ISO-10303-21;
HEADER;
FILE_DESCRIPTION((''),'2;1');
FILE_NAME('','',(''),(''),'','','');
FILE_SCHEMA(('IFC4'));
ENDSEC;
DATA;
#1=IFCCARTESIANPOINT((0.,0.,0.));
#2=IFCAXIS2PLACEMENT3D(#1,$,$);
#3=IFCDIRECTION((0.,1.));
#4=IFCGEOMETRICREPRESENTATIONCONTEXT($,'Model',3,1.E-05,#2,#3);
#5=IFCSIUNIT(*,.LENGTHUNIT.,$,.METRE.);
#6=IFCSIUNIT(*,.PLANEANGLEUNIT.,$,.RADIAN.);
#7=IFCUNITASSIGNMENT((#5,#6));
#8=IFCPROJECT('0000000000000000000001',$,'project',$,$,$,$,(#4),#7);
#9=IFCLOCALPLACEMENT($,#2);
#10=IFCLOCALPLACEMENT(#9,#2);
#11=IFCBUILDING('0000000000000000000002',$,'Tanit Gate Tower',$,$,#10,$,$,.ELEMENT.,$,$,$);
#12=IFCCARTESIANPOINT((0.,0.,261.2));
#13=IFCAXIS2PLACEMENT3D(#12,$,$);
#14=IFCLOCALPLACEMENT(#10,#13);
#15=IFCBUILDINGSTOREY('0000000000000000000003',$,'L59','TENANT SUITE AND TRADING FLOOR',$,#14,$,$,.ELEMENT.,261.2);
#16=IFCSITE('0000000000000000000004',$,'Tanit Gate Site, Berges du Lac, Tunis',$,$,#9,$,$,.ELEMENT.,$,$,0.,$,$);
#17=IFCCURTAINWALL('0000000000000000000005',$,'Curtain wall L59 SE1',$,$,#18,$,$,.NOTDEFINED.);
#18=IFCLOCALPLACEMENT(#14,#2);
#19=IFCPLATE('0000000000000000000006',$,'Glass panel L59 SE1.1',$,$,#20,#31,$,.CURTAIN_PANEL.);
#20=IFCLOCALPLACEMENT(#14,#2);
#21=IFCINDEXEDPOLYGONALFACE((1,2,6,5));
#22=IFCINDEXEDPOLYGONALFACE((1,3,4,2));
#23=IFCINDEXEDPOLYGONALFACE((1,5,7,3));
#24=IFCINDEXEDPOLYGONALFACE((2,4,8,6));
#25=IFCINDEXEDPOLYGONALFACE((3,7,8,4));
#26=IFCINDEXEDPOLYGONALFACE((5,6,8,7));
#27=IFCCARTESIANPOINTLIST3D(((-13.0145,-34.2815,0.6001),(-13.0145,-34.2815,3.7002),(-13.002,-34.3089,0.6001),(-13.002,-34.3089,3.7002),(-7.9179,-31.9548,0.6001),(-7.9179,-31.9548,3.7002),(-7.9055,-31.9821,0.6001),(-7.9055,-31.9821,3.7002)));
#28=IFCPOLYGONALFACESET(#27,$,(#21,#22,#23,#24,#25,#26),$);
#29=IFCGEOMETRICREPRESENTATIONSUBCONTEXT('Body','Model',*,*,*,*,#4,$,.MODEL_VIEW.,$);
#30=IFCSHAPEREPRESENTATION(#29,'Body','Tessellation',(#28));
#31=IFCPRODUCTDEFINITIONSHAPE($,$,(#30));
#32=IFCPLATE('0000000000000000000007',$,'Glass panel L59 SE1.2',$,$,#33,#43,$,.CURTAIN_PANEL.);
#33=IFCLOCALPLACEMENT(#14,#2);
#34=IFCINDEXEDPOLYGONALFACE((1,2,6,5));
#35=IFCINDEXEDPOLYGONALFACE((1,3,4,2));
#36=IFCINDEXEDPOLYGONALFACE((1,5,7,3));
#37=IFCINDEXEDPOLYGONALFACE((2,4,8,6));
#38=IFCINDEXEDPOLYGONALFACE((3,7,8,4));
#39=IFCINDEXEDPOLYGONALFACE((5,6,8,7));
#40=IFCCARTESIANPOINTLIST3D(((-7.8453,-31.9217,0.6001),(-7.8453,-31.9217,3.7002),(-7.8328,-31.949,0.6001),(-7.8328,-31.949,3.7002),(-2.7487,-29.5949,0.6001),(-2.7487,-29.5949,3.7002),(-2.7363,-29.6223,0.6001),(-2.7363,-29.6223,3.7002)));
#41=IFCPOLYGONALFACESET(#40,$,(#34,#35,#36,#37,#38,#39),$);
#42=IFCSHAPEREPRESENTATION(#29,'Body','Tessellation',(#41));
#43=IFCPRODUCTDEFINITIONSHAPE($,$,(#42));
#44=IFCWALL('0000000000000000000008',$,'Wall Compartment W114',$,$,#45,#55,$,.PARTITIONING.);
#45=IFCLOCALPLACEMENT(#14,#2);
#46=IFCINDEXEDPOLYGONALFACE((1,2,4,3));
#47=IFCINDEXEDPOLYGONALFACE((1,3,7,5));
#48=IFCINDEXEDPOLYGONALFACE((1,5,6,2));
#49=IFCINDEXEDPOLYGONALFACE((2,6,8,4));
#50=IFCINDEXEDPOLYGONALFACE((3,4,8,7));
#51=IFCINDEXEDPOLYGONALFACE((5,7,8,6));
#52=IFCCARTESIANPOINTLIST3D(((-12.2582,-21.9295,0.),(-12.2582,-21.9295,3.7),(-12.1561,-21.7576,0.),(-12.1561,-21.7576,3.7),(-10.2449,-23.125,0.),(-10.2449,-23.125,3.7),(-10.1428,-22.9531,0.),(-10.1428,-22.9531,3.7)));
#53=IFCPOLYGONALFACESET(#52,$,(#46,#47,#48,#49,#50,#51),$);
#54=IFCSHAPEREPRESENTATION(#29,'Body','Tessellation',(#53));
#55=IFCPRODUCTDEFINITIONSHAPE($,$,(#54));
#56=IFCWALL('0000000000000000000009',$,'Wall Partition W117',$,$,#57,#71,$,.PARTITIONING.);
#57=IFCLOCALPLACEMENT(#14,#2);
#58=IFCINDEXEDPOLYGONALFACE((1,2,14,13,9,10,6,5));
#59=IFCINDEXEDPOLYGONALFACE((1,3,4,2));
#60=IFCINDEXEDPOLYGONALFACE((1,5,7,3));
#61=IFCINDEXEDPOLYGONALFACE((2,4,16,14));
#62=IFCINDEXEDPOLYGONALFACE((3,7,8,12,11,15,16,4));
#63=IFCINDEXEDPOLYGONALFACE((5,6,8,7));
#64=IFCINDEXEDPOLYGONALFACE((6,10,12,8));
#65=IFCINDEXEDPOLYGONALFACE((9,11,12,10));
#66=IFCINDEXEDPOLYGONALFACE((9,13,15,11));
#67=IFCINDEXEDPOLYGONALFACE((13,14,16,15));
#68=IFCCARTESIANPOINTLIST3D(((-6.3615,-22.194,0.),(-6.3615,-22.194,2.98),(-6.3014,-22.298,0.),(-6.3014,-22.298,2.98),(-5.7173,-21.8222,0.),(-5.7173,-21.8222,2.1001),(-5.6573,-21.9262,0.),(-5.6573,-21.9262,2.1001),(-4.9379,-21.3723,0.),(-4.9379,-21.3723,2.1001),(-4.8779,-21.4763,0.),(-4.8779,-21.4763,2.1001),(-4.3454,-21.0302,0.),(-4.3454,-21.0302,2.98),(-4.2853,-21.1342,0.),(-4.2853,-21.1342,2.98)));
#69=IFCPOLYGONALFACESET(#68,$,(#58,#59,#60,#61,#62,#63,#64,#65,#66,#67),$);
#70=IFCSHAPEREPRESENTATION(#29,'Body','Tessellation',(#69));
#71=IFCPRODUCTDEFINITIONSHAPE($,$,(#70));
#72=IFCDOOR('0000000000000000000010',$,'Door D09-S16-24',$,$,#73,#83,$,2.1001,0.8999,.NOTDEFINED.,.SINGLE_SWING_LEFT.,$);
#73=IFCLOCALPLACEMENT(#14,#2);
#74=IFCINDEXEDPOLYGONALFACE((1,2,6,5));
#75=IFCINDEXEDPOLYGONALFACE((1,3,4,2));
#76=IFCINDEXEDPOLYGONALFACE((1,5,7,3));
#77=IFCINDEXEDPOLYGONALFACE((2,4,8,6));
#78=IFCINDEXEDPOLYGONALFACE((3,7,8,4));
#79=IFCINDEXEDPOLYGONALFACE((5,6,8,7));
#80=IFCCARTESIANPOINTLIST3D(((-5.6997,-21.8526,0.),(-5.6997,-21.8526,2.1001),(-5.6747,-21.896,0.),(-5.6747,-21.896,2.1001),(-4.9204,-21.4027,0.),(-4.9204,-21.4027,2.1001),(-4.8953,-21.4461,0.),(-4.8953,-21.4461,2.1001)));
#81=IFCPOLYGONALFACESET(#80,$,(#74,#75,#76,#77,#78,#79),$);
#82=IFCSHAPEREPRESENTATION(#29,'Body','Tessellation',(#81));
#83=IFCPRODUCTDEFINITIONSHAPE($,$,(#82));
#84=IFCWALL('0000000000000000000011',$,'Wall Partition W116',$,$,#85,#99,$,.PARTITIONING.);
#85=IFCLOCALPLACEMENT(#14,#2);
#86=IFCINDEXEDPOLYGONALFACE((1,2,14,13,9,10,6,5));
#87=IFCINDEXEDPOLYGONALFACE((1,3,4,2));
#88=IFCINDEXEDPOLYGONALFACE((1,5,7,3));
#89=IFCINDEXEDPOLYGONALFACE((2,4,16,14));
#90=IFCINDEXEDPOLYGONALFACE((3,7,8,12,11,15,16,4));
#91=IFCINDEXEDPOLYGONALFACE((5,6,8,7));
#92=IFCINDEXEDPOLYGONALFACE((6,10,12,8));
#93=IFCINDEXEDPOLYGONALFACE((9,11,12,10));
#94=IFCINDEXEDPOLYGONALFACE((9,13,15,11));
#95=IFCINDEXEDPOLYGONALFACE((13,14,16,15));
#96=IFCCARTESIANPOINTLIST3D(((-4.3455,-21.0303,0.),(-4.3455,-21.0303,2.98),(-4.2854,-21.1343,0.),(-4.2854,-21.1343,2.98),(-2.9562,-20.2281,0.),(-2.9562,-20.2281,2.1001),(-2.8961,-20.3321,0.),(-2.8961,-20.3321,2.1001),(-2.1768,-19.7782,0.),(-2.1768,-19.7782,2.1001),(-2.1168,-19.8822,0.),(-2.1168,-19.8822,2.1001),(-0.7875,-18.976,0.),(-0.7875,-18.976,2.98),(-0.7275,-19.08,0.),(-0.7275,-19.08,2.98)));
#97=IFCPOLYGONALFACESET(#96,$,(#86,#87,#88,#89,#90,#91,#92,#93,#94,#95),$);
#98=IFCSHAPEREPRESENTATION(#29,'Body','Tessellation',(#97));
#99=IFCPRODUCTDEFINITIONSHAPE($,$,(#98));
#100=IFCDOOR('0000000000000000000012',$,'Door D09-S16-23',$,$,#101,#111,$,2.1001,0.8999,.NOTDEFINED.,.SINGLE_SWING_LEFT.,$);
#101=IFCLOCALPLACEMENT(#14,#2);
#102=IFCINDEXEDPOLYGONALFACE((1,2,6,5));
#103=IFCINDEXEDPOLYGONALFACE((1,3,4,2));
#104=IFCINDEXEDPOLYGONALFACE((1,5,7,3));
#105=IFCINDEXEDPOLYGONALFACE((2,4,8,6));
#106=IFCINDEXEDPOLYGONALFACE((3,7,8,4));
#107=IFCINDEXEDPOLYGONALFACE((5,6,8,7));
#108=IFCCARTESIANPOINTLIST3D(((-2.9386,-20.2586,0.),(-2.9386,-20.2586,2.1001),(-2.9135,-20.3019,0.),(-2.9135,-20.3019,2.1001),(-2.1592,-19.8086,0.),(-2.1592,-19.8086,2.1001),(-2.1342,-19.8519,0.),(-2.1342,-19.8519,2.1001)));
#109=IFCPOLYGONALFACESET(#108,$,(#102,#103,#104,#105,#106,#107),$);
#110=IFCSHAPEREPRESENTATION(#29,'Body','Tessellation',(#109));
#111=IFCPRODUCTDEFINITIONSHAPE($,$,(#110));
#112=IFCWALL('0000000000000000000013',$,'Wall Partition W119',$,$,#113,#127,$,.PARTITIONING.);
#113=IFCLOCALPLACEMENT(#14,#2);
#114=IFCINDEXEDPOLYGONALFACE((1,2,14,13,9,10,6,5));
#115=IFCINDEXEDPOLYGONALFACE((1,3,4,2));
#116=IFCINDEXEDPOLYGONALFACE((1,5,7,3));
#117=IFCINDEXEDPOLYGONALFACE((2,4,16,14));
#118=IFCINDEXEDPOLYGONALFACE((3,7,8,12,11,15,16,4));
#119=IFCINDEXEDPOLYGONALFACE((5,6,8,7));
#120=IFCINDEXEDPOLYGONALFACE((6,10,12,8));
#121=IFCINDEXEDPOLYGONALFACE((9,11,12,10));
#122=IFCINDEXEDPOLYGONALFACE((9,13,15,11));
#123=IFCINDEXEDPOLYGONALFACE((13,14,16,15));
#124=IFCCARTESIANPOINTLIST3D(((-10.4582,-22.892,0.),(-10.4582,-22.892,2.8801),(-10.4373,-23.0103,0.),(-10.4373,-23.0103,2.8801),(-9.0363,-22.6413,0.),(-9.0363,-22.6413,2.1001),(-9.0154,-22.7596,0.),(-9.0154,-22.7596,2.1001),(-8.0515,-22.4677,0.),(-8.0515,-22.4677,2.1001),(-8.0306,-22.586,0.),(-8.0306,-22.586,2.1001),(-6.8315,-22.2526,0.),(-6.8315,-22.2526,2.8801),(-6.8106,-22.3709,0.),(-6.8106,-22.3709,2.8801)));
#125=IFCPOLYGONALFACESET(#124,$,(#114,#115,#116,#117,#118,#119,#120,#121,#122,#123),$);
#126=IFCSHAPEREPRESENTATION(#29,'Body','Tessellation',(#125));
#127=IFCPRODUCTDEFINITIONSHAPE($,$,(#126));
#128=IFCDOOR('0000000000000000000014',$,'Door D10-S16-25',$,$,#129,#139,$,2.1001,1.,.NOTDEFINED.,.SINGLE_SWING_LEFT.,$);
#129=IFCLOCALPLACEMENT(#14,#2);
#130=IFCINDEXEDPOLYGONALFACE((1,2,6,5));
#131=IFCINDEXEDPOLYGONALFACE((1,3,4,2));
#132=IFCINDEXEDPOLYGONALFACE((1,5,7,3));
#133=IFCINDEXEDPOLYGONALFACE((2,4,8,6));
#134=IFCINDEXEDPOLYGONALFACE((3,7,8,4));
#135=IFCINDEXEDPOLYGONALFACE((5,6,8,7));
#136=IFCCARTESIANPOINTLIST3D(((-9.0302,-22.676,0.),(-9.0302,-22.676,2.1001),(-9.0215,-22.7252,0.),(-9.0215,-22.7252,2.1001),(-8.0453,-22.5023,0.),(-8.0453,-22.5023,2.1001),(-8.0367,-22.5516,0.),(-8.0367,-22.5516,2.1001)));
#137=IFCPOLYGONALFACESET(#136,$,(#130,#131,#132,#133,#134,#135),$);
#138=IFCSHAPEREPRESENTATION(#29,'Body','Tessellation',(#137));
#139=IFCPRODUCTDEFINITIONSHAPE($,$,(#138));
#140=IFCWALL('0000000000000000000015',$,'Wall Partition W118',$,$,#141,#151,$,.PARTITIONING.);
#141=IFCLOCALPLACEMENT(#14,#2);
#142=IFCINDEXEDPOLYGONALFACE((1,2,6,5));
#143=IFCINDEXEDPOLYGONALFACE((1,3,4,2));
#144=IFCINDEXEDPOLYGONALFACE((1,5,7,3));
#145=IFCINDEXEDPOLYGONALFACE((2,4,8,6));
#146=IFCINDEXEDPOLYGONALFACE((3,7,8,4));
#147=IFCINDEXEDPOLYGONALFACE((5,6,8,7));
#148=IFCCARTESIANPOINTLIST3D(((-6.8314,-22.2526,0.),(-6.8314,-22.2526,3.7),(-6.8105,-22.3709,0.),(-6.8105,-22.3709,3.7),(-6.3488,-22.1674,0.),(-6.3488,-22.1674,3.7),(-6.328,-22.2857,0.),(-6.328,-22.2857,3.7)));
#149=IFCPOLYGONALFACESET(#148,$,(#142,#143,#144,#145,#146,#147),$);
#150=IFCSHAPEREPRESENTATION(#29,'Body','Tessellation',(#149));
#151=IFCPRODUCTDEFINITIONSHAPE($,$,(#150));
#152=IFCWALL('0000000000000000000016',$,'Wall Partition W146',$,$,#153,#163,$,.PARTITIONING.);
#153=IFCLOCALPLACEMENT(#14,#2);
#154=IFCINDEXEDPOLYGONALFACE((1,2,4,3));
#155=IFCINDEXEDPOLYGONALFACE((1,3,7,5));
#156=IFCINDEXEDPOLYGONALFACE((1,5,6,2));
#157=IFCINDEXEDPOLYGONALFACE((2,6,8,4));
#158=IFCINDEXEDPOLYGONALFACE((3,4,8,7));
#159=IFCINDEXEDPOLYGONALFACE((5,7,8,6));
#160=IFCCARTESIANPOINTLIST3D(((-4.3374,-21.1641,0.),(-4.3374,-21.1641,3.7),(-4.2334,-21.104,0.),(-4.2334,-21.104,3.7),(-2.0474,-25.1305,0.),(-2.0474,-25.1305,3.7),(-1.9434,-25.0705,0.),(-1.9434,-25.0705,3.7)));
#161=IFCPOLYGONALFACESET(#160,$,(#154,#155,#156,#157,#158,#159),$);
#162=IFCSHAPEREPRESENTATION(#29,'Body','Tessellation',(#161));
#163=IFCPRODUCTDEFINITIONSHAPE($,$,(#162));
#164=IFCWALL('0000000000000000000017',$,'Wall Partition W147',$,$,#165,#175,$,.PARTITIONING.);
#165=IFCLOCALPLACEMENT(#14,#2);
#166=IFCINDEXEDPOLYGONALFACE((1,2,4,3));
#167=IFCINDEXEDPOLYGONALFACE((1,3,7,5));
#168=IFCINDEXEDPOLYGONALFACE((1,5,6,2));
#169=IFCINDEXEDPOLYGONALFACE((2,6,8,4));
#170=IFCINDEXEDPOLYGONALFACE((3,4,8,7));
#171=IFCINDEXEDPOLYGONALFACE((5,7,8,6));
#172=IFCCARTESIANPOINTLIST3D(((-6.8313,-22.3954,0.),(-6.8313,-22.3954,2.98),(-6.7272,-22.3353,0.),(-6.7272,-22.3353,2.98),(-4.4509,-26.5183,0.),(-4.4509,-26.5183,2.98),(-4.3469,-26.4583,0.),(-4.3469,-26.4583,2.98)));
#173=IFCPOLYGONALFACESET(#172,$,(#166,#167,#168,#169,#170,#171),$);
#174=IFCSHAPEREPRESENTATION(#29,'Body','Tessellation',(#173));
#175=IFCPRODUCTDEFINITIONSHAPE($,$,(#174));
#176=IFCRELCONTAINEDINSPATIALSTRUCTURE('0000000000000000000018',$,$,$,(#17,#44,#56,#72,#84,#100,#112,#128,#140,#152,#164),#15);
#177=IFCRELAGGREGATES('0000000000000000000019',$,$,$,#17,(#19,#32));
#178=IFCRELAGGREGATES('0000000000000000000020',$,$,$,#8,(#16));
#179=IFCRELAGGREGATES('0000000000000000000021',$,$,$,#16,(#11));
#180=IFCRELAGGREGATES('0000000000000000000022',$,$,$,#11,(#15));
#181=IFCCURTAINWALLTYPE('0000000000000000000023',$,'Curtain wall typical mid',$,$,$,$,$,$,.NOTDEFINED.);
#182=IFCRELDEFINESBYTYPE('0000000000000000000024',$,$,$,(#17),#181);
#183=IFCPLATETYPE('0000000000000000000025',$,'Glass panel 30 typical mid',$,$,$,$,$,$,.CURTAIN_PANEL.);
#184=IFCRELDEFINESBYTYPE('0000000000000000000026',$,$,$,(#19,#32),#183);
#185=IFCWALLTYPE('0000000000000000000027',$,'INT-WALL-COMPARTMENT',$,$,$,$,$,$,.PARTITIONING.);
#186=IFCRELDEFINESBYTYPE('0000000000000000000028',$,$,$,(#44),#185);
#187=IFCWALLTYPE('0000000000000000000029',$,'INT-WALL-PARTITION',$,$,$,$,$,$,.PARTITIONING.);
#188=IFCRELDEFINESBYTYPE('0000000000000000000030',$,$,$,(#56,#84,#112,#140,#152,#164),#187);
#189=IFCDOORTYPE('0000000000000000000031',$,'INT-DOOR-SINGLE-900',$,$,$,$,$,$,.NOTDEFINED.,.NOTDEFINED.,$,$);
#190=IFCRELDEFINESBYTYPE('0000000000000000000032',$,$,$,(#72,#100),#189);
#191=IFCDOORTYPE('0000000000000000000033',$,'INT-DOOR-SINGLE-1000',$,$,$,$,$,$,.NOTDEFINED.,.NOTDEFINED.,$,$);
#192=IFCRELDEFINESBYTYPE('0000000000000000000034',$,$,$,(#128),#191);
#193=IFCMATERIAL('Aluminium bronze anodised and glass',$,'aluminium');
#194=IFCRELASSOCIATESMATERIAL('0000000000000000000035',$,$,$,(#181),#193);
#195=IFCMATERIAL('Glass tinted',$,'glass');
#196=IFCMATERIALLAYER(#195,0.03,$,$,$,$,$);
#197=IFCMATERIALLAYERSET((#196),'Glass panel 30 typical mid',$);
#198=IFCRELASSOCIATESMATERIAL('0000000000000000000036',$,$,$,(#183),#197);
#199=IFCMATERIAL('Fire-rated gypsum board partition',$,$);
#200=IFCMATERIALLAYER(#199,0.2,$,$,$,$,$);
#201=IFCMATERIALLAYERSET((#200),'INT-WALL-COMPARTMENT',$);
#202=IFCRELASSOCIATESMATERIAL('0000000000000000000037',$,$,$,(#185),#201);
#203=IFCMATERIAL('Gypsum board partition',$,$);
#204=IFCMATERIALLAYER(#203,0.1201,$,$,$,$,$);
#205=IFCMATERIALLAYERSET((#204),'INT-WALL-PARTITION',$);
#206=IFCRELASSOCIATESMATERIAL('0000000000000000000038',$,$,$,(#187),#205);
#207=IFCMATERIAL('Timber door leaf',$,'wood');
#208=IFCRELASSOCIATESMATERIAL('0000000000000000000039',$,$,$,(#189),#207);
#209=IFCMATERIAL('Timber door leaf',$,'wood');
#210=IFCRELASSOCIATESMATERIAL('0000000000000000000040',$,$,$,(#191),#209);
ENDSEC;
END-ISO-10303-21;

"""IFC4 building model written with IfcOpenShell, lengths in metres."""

from ifc_helpers import new_model, si_unit, direction, frame, frame_2d, origin, origin_2d, place, context, subcontext, project, spatial, rectangle, extrude, material, layer, layer_set, type_object, element, fill, aggregate, save


model = new_model("IFC4")

# Units and contexts
model_context = context("Model", 3, precision=1e-05, world=origin(), true_north=direction((0.0, 1.0)))
body_context = subcontext(model_context, "Body", "Model", "MODEL_VIEW")
ifc_project = project(units=[si_unit("LENGTHUNIT", "METRE"), si_unit("PLANEANGLEUNIT", "RADIAN")], contexts=[model_context])

# Site, building, storey
site_placement = place(None, origin())
site = spatial("IfcSite", under=ifc_project, at=site_placement, Name="Tanit Gate Site, Berges du Lac, Tunis", CompositionType="ELEMENT", RefElevation=0.0)
building_placement = place(site_placement, origin())
building = spatial("IfcBuilding", under=site, at=building_placement, Name="Tanit Gate Tower", CompositionType="ELEMENT")
storey_placement = place(building_placement, frame((0.0, 0.0, 261.2)))
storey = spatial("IfcBuildingStorey", under=building, at=storey_placement, Name="L59", Description="TENANT SUITE AND TRADING FLOOR", CompositionType="ELEMENT", Elevation=261.2)

# Curtain wall
ifc_material_1 = material(Name="Aluminium bronze anodised and glass", Category="aluminium")
curtain_wall_type = type_object("IfcCurtainWallType", Name="Curtain wall typical mid", PredefinedType="NOTDEFINED", material=ifc_material_1)
curtain_wall_1_placement = place(storey_placement, origin())
curtain_wall_1 = element("IfcCurtainWall", 1, at=curtain_wall_1_placement, inside=storey, type_object=curtain_wall_type, Name="Curtain wall L59 SE1", PredefinedType="NOTDEFINED")

# Plates
ifc_material_2 = material(Name="Glass tinted", Category="glass")
ifc_layer_1 = layer(ifc_material_2, 0.03)
ifc_layer_set_1 = layer_set([ifc_layer_1], Name="Glass panel 30 typical mid")
plate_type = type_object("IfcPlateType", Name="Glass panel 30 typical mid", PredefinedType="CURTAIN_PANEL", material=ifc_layer_set_1)
plate_1_placement = place(storey_placement, frame((-10.46, -33.1318, 0.6001), z_axis=(0.0, 0.0, 1.0), x_axis=(0.909685, 0.4153, 0.0)))
plate_1 = element("IfcPlate", 2, at=plate_1_placement, type_object=plate_type, Name="Glass panel L59 SE1.1", PredefinedType="CURTAIN_PANEL", context=body_context, shape_type="SweptSolid", body=[
    extrude(rectangle(XDim=5.6025, YDim=0.03, at=origin_2d()), origin(), (0.0, 0.0, 1.0), 3.1001),
])
plate_2_placement = place(storey_placement, frame((-5.2908, -30.772, 0.6001), z_axis=(0.0, 0.0, 1.0), x_axis=(0.909685, 0.4153, 0.0)))
plate_2 = element("IfcPlate", 3, at=plate_2_placement, type_object=plate_type, Name="Glass panel L59 SE1.2", PredefinedType="CURTAIN_PANEL", context=body_context, shape_type="SweptSolid", body=[
    extrude(rectangle(XDim=5.6025, YDim=0.03, at=origin_2d()), origin(), (0.0, 0.0, 1.0), 3.1001),
])
aggregate(curtain_wall_1, [plate_1, plate_2])

# Wall
ifc_material_3 = material(Name="Fire-rated gypsum board partition")
ifc_layer_2 = layer(ifc_material_3, 0.2)
ifc_layer_set_2 = layer_set([ifc_layer_2], Name="INT-WALL-COMPARTMENT")
wall_type_1 = type_object("IfcWallType", Name="INT-WALL-COMPARTMENT", PredefinedType="PARTITIONING", material=ifc_layer_set_2)
wall_1_placement = place(storey_placement, frame((-12.2073, -21.8435, 0.0), z_axis=(0.0, 0.0, 1.0), x_axis=(0.859839, -0.510565, 0.0)))
element("IfcWall", 4, at=wall_1_placement, inside=storey, type_object=wall_type_1, Name="Wall Compartment W114", PredefinedType="PARTITIONING", context=body_context, shape_type="SweptSolid", body=[
    extrude(rectangle(XDim=2.3416, YDim=0.2, at=frame_2d((1.1709, 0.0))), origin(), (0.0, 0.0, 1.0), 3.7),
])

# Walls, openings, doors
ifc_material_4 = material(Name="Gypsum board partition")
ifc_layer_3 = layer(ifc_material_4, 0.1201)
ifc_layer_set_3 = layer_set([ifc_layer_3], Name="INT-WALL-PARTITION")
wall_type_2 = type_object("IfcWallType", Name="INT-WALL-PARTITION", PredefinedType="PARTITIONING", material=ifc_layer_set_3)
wall_2_placement = place(storey_placement, frame((-6.3315, -22.2461, 0.0), z_axis=(0.0, 0.0, 1.0), x_axis=(0.86606, 0.49994, 0.0)))
wall_2 = element("IfcWall", 5, at=wall_2_placement, inside=storey, type_object=wall_type_2, Name="Wall Partition W117", PredefinedType="PARTITIONING", context=body_context, shape_type="SweptSolid", body=[
    extrude(rectangle(XDim=2.3279, YDim=0.1201, at=frame_2d((1.1641, 0.0))), origin(), (0.0, 0.0, 1.0), 2.98),
])
opening_1_placement = place(wall_2_placement, frame((0.7439, 0.0, 0.0)))
opening_1 = element("IfcOpeningElement", 6, at=opening_1_placement, cuts=wall_2, PredefinedType="OPENING", context=body_context, shape_type="SweptSolid", body=[
    extrude(rectangle(XDim=0.8999, YDim=2.1001, at=frame_2d((0.45, 1.05))), frame((0.0, 0.0701, 0.0), z_axis=(0.0, -1.0, 0.0), x_axis=(1.0, 0.0, 0.0)), (0.0, 0.0, 1.0), 0.1401),
])
ifc_material_5 = material(Name="Timber door leaf", Category="wood")
door_type_1 = type_object("IfcDoorType", Name="INT-DOOR-SINGLE-900", OperationType="NOTDEFINED", PredefinedType="NOTDEFINED", material=ifc_material_5)
door_1_placement = place(opening_1_placement, origin())
door_1 = element("IfcDoor", 7, at=door_1_placement, inside=storey, type_object=door_type_1, Name="Door D09-S16-24", OperationType="SINGLE_SWING_LEFT", OverallHeight=2.1001, OverallWidth=0.8999, PredefinedType="NOTDEFINED", context=body_context, shape_type="SweptSolid", body=[
    extrude(rectangle(XDim=0.8999, YDim=2.1001, at=frame_2d((0.45, 1.05))), frame((0.0, 0.0249, 0.0), z_axis=(0.0, -1.0, 0.0), x_axis=(1.0, 0.0, 0.0)), (0.0, 0.0, 1.0), 0.05),
])
fill(opening_1, door_1)
wall_3_placement = place(storey_placement, frame((-4.3154, -21.0823, 0.0), z_axis=(0.0, 0.0, 1.0), x_axis=(0.866018, 0.500012, 0.0)))
wall_3 = element("IfcWall", 8, at=wall_3_placement, inside=storey, type_object=wall_type_2, Name="Wall Partition W116", PredefinedType="PARTITIONING", context=body_context, shape_type="SweptSolid", body=[
    extrude(rectangle(XDim=4.1084, YDim=0.1201, at=frame_2d((2.0542, 0.0))), origin(), (0.0, 0.0, 1.0), 2.98),
])
opening_2_placement = place(wall_3_placement, frame((1.6042, 0.0, 0.0)))
opening_2 = element("IfcOpeningElement", 9, at=opening_2_placement, cuts=wall_3, PredefinedType="OPENING", context=body_context, shape_type="SweptSolid", body=[
    extrude(rectangle(XDim=0.8999, YDim=2.1001, at=frame_2d((0.45, 1.05))), frame((0.0, 0.0701, 0.0), z_axis=(0.0, -1.0, 0.0), x_axis=(1.0, 0.0, 0.0)), (0.0, 0.0, 1.0), 0.1401),
])
door_2_placement = place(opening_2_placement, origin())
door_2 = element("IfcDoor", 10, at=door_2_placement, inside=storey, type_object=door_type_1, Name="Door D09-S16-23", OperationType="SINGLE_SWING_LEFT", OverallHeight=2.1001, OverallWidth=0.8999, PredefinedType="NOTDEFINED", context=body_context, shape_type="SweptSolid", body=[
    extrude(rectangle(XDim=0.8999, YDim=2.1001, at=frame_2d((0.45, 1.05))), frame((0.0, 0.0249, 0.0), z_axis=(0.0, -1.0, 0.0), x_axis=(1.0, 0.0, 0.0)), (0.0, 0.0, 1.0), 0.05),
])
fill(opening_2, door_2)
wall_4_placement = place(storey_placement, frame((-10.4478, -22.9512, 0.0), z_axis=(0.0, 0.0, 1.0), x_axis=(0.984812, 0.173626, 0.0)))
wall_4 = element("IfcWall", 11, at=wall_4_placement, inside=storey, type_object=wall_type_2, Name="Wall Partition W119", PredefinedType="PARTITIONING", context=body_context, shape_type="SweptSolid", body=[
    extrude(rectangle(XDim=3.6826, YDim=0.1201, at=frame_2d((1.8413, 0.0))), origin(), (0.0, 0.0, 1.0), 2.8801),
])
opening_3_placement = place(wall_4_placement, frame((1.4438, 0.0, 0.0)))
opening_3 = element("IfcOpeningElement", 12, at=opening_3_placement, cuts=wall_4, PredefinedType="OPENING", context=body_context, shape_type="SweptSolid", body=[
    extrude(rectangle(XDim=1.0, YDim=2.1001, at=frame_2d((0.5, 1.05))), frame((0.0, 0.0701, 0.0), z_axis=(0.0, -1.0, 0.0), x_axis=(1.0, 0.0, 0.0)), (0.0, 0.0, 1.0), 0.1401),
])
ifc_material_6 = material(Name="Timber door leaf", Category="wood")
door_type_2 = type_object("IfcDoorType", Name="INT-DOOR-SINGLE-1000", OperationType="NOTDEFINED", PredefinedType="NOTDEFINED", material=ifc_material_6)
door_3_placement = place(opening_3_placement, origin())
door_3 = element("IfcDoor", 13, at=door_3_placement, inside=storey, type_object=door_type_2, Name="Door D10-S16-25", OperationType="SINGLE_SWING_LEFT", OverallHeight=2.1001, OverallWidth=1.0, PredefinedType="NOTDEFINED", context=body_context, shape_type="SweptSolid", body=[
    extrude(rectangle(XDim=1.0, YDim=2.1001, at=frame_2d((0.5, 1.05))), frame((0.0, 0.0249, 0.0), z_axis=(0.0, -1.0, 0.0), x_axis=(1.0, 0.0, 0.0)), (0.0, 0.0, 1.0), 0.05),
])
fill(opening_3, door_3)

# Walls
wall_5_placement = place(storey_placement, frame((-6.821, -22.3118, 0.0), z_axis=(0.0, 0.0, 1.0), x_axis=(0.984758, 0.173927, 0.0)))
element("IfcWall", 14, at=wall_5_placement, inside=storey, type_object=wall_type_2, Name="Wall Partition W118", PredefinedType="PARTITIONING", context=body_context, shape_type="SweptSolid", body=[
    extrude(rectangle(XDim=0.49, YDim=0.1201, at=frame_2d((0.2451, 0.0))), origin(), (0.0, 0.0, 1.0), 3.7),
])
wall_6_placement = place(storey_placement, frame((-4.2854, -21.134, 0.0), z_axis=(0.0, 0.0, 1.0), x_axis=(0.499992, -0.86603, 0.0)))
element("IfcWall", 15, at=wall_6_placement, inside=storey, type_object=wall_type_2, Name="Wall Partition W146", PredefinedType="PARTITIONING", context=body_context, shape_type="SweptSolid", body=[
    extrude(rectangle(XDim=4.5801, YDim=0.1201, at=frame_2d((2.29, 0.0))), origin(), (0.0, 0.0, 1.0), 3.7),
])
wall_7_placement = place(storey_placement, frame((-4.3989, -26.4883, 0.0), z_axis=(0.0, 0.0, 1.0), x_axis=(-0.499989, 0.866032, 0.0)))
element("IfcWall", 16, at=wall_7_placement, inside=storey, type_object=wall_type_2, Name="Wall Partition W147", PredefinedType="PARTITIONING", context=body_context, shape_type="SweptSolid", body=[
    extrude(rectangle(XDim=4.7607, YDim=0.1201, at=frame_2d((2.3804, 0.0))), origin(), (0.0, 0.0, 1.0), 2.98),
])

save(model, "model.ifc")
